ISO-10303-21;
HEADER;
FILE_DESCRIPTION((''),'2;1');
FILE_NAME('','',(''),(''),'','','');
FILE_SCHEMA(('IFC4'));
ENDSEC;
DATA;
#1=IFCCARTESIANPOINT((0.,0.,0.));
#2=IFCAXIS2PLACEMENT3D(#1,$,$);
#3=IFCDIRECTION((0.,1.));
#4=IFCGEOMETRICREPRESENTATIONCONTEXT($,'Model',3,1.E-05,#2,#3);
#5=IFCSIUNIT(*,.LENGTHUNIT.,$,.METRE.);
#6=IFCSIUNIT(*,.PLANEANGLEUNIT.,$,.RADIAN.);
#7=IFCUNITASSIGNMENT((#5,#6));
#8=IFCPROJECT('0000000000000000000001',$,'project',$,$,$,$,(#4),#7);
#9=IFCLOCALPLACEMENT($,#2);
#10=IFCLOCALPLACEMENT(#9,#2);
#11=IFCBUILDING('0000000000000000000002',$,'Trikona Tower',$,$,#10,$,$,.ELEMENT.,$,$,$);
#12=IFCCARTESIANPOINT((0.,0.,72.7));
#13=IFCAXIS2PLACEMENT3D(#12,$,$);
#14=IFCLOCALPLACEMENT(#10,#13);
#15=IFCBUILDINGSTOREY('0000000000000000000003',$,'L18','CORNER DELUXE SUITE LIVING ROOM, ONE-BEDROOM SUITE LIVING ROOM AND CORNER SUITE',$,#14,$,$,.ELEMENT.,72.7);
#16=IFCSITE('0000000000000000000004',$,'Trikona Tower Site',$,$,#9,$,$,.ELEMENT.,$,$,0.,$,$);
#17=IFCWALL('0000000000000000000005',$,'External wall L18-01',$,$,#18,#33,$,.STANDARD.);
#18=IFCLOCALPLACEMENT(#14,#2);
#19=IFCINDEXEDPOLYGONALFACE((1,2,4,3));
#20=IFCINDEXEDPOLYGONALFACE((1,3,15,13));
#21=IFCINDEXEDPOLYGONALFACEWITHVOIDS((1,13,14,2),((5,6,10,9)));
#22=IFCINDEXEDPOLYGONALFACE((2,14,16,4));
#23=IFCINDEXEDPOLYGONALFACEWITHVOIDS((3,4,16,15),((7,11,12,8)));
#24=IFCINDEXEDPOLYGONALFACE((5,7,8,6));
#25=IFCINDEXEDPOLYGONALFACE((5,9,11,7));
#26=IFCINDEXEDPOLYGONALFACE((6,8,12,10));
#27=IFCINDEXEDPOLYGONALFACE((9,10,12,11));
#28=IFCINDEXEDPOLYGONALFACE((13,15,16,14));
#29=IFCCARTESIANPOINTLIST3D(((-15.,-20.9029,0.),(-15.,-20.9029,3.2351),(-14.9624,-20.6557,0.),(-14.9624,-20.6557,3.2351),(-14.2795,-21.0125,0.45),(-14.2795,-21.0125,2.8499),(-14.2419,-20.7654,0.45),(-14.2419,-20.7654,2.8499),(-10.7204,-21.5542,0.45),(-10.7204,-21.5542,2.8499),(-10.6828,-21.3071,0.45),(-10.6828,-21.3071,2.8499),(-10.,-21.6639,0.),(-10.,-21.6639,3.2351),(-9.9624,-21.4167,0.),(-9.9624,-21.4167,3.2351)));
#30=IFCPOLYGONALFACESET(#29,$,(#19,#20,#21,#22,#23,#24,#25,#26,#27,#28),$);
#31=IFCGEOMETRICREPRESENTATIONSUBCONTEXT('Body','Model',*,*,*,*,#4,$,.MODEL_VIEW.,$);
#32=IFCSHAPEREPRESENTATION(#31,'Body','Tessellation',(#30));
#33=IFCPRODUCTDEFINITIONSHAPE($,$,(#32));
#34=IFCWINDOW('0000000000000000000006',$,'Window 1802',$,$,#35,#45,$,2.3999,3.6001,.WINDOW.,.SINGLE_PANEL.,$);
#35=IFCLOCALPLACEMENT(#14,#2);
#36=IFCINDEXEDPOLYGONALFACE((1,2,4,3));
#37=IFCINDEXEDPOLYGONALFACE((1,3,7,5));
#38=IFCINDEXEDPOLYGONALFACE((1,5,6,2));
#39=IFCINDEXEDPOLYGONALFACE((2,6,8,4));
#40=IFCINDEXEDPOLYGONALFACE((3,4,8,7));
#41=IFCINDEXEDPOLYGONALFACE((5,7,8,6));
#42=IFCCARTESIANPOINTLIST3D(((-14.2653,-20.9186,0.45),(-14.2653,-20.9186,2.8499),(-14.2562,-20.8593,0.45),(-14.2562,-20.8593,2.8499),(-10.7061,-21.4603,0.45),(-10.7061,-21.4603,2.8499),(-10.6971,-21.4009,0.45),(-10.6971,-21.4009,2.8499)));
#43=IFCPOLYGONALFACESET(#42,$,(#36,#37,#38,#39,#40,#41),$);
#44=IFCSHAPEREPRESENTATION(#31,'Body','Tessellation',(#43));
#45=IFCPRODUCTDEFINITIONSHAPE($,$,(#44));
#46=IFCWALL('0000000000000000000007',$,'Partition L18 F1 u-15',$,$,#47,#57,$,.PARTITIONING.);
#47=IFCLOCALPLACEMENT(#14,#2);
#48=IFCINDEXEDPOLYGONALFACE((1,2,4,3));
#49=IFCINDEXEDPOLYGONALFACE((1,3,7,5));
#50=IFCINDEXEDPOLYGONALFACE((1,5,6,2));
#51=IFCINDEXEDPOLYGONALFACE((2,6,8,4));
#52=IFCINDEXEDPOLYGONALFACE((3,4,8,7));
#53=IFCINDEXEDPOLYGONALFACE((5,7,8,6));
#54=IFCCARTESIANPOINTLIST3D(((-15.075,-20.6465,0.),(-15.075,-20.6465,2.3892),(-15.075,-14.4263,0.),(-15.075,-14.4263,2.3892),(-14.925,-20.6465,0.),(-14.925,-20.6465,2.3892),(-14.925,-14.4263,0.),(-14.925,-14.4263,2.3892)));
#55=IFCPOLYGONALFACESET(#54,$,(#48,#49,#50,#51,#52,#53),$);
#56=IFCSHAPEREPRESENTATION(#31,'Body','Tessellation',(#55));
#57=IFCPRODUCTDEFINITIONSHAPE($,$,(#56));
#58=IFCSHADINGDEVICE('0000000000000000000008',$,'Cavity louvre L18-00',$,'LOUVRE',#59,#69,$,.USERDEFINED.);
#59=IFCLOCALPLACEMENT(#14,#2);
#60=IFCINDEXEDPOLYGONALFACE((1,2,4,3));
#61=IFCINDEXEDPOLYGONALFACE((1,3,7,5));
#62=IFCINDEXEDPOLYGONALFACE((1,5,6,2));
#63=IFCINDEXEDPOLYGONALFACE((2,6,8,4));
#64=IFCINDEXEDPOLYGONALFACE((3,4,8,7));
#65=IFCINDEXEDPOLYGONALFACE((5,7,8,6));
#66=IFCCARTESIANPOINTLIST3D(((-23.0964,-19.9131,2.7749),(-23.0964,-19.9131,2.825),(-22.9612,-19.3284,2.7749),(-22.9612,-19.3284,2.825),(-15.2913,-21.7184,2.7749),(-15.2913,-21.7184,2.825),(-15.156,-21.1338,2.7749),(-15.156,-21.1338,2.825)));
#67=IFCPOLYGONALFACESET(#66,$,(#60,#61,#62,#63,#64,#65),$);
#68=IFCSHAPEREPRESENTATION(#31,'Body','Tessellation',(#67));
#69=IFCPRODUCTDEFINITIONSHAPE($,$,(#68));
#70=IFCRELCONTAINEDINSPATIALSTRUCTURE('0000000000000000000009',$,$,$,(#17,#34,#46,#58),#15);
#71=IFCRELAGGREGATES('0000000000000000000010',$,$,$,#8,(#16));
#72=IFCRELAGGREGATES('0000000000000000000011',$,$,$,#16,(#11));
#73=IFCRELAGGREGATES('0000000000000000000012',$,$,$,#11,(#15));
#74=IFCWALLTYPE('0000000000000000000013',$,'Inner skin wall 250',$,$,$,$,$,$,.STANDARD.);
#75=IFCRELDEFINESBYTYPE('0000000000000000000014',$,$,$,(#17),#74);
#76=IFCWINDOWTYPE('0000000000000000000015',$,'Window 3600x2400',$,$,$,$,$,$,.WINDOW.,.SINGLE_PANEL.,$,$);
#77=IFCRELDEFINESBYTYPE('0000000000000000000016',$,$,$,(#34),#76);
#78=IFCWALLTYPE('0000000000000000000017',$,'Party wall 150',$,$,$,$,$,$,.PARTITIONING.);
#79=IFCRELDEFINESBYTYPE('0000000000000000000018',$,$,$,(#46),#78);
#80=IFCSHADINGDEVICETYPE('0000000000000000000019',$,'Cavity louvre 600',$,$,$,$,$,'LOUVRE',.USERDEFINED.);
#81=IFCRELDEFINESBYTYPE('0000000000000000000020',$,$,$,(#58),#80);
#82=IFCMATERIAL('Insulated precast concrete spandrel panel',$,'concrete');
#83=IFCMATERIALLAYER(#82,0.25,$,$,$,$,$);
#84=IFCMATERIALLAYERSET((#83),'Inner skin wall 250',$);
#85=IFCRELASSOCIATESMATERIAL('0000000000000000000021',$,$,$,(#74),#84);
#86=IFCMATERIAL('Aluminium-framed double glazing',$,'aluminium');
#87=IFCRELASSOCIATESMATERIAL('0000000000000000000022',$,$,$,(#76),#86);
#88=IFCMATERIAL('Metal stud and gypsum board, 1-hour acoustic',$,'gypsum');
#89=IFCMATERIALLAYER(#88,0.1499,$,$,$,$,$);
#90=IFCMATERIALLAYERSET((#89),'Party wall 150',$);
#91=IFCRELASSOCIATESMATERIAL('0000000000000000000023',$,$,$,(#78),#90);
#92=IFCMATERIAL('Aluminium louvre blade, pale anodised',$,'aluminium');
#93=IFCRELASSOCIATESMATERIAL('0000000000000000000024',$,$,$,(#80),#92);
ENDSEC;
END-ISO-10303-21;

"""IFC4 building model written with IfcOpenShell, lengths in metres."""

from ifc_helpers import new_model, si_unit, direction, frame, frame_2d, origin, origin_2d, place, context, subcontext, project, spatial, rectangle, extrude, material, layer, layer_set, type_object, element, fill, save


model = new_model("IFC4")

# Units and contexts
model_context = context("Model", 3, precision=1e-05, world=origin(), true_north=direction((0.0, 1.0)))
body_context = subcontext(model_context, "Body", "Model", "MODEL_VIEW")
ifc_project = project(units=[si_unit("LENGTHUNIT", "METRE"), si_unit("PLANEANGLEUNIT", "RADIAN")], contexts=[model_context])

# Site, building, storey
site_placement = place(None, origin())
site = spatial("IfcSite", under=ifc_project, at=site_placement, Name="Trikona Tower Site", CompositionType="ELEMENT", RefElevation=0.0)
building_placement = place(site_placement, origin())
building = spatial("IfcBuilding", under=site, at=building_placement, Name="Trikona Tower", CompositionType="ELEMENT")
storey_placement = place(building_placement, frame((0.0, 0.0, 72.7)))
storey = spatial("IfcBuildingStorey", under=building, at=storey_placement, Name="L18", Description="CORNER DELUXE SUITE LIVING ROOM, ONE-BEDROOM SUITE LIVING ROOM AND CORNER SUITE", CompositionType="ELEMENT", Elevation=72.7)

# Wall, opening, window
ifc_material_1 = material(Name="Insulated precast concrete spandrel panel", Category="concrete")
ifc_layer_1 = layer(ifc_material_1, 0.25)
ifc_layer_set_1 = layer_set([ifc_layer_1], Name="Inner skin wall 250")
wall_type_1 = type_object("IfcWallType", Name="Inner skin wall 250", PredefinedType="STANDARD", material=ifc_layer_set_1)
wall_1_placement = place(storey_placement, frame((-14.9812, -20.7793, 0.0), z_axis=(0.0, 0.0, 1.0), x_axis=(0.988615, -0.150465, 0.0)))
wall_1 = element("IfcWall", 1, at=wall_1_placement, inside=storey, type_object=wall_type_1, Name="External wall L18-01", PredefinedType="STANDARD", context=body_context, shape_type="SweptSolid", body=[
    extrude(rectangle(XDim=5.0576, YDim=0.25, at=frame_2d((2.5288, 0.0))), origin(), (0.0, 0.0, 1.0), 3.2351),
])
opening_1_placement = place(wall_1_placement, frame((0.7288, 0.0, 0.45)))
opening_1 = element("IfcOpeningElement", 2, at=opening_1_placement, cuts=wall_1, PredefinedType="OPENING", context=body_context, shape_type="SweptSolid", body=[
    extrude(rectangle(XDim=3.6001, YDim=2.3999, at=frame_2d((1.8, 1.2))), frame((0.0, 0.135, 0.0), z_axis=(0.0, -1.0, 0.0), x_axis=(1.0, 0.0, 0.0)), (0.0, 0.0, 1.0), 0.27),
])
ifc_material_2 = material(Name="Aluminium-framed double glazing", Category="aluminium")
window_type = type_object("IfcWindowType", Name="Window 3600x2400", PartitioningType="SINGLE_PANEL", PredefinedType="WINDOW", material=ifc_material_2)
window_placement = place(opening_1_placement, origin())
window = element("IfcWindow", 3, at=window_placement, inside=storey, type_object=window_type, Name="Window 1802", OverallHeight=2.3999, OverallWidth=3.6001, PartitioningType="SINGLE_PANEL", PredefinedType="WINDOW", context=body_context, shape_type="SweptSolid", body=[
    extrude(rectangle(XDim=3.6001, YDim=2.3999, at=frame_2d((1.8, 1.2))), frame((0.0, 0.03, 0.0), z_axis=(0.0, -1.0, 0.0), x_axis=(1.0, 0.0, 0.0)), (0.0, 0.0, 1.0), 0.0601),
])
fill(opening_1, window)

# Wall
ifc_material_3 = material(Name="Metal stud and gypsum board, 1-hour acoustic", Category="gypsum")
ifc_layer_2 = layer(ifc_material_3, 0.1499)
ifc_layer_set_2 = layer_set([ifc_layer_2], Name="Party wall 150")
wall_type_2 = type_object("IfcWallType", Name="Party wall 150", PredefinedType="PARTITIONING", material=ifc_layer_set_2)
wall_2_placement = place(storey_placement, frame((-15.0, -14.4263, 0.0), z_axis=(0.0, 0.0, 1.0), x_axis=(0.0, -1.0, 0.0)))
element("IfcWall", 4, at=wall_2_placement, inside=storey, type_object=wall_type_2, Name="Partition L18 F1 u-15", PredefinedType="PARTITIONING", context=body_context, shape_type="SweptSolid", body=[
    extrude(rectangle(XDim=6.2202, YDim=0.1499, at=frame_2d((3.1101, 0.0))), origin(), (0.0, 0.0, 1.0), 2.3892),
])

# Shading device
ifc_material_4 = material(Name="Aluminium louvre blade, pale anodised", Category="aluminium")
shading_device_type = type_object("IfcShadingDeviceType", Name="Cavity louvre 600", ElementType="LOUVRE", PredefinedType="USERDEFINED", material=ifc_material_4)
shading_device_placement = place(storey_placement, frame((-19.1262, -20.5234, 2.7749), z_axis=(0.0, 0.0, 1.0), x_axis=(0.974278, -0.225351, 0.0)))
element("IfcShadingDevice", 5, at=shading_device_placement, inside=storey, type_object=shading_device_type, Name="Cavity louvre L18-00", ObjectType="LOUVRE", PredefinedType="USERDEFINED", context=body_context, shape_type="SweptSolid", body=[
    extrude(rectangle(XDim=8.0112, YDim=0.6001, at=origin_2d()), origin(), (0.0, 0.0, 1.0), 0.05),
])

save(model, "model.ifc")
